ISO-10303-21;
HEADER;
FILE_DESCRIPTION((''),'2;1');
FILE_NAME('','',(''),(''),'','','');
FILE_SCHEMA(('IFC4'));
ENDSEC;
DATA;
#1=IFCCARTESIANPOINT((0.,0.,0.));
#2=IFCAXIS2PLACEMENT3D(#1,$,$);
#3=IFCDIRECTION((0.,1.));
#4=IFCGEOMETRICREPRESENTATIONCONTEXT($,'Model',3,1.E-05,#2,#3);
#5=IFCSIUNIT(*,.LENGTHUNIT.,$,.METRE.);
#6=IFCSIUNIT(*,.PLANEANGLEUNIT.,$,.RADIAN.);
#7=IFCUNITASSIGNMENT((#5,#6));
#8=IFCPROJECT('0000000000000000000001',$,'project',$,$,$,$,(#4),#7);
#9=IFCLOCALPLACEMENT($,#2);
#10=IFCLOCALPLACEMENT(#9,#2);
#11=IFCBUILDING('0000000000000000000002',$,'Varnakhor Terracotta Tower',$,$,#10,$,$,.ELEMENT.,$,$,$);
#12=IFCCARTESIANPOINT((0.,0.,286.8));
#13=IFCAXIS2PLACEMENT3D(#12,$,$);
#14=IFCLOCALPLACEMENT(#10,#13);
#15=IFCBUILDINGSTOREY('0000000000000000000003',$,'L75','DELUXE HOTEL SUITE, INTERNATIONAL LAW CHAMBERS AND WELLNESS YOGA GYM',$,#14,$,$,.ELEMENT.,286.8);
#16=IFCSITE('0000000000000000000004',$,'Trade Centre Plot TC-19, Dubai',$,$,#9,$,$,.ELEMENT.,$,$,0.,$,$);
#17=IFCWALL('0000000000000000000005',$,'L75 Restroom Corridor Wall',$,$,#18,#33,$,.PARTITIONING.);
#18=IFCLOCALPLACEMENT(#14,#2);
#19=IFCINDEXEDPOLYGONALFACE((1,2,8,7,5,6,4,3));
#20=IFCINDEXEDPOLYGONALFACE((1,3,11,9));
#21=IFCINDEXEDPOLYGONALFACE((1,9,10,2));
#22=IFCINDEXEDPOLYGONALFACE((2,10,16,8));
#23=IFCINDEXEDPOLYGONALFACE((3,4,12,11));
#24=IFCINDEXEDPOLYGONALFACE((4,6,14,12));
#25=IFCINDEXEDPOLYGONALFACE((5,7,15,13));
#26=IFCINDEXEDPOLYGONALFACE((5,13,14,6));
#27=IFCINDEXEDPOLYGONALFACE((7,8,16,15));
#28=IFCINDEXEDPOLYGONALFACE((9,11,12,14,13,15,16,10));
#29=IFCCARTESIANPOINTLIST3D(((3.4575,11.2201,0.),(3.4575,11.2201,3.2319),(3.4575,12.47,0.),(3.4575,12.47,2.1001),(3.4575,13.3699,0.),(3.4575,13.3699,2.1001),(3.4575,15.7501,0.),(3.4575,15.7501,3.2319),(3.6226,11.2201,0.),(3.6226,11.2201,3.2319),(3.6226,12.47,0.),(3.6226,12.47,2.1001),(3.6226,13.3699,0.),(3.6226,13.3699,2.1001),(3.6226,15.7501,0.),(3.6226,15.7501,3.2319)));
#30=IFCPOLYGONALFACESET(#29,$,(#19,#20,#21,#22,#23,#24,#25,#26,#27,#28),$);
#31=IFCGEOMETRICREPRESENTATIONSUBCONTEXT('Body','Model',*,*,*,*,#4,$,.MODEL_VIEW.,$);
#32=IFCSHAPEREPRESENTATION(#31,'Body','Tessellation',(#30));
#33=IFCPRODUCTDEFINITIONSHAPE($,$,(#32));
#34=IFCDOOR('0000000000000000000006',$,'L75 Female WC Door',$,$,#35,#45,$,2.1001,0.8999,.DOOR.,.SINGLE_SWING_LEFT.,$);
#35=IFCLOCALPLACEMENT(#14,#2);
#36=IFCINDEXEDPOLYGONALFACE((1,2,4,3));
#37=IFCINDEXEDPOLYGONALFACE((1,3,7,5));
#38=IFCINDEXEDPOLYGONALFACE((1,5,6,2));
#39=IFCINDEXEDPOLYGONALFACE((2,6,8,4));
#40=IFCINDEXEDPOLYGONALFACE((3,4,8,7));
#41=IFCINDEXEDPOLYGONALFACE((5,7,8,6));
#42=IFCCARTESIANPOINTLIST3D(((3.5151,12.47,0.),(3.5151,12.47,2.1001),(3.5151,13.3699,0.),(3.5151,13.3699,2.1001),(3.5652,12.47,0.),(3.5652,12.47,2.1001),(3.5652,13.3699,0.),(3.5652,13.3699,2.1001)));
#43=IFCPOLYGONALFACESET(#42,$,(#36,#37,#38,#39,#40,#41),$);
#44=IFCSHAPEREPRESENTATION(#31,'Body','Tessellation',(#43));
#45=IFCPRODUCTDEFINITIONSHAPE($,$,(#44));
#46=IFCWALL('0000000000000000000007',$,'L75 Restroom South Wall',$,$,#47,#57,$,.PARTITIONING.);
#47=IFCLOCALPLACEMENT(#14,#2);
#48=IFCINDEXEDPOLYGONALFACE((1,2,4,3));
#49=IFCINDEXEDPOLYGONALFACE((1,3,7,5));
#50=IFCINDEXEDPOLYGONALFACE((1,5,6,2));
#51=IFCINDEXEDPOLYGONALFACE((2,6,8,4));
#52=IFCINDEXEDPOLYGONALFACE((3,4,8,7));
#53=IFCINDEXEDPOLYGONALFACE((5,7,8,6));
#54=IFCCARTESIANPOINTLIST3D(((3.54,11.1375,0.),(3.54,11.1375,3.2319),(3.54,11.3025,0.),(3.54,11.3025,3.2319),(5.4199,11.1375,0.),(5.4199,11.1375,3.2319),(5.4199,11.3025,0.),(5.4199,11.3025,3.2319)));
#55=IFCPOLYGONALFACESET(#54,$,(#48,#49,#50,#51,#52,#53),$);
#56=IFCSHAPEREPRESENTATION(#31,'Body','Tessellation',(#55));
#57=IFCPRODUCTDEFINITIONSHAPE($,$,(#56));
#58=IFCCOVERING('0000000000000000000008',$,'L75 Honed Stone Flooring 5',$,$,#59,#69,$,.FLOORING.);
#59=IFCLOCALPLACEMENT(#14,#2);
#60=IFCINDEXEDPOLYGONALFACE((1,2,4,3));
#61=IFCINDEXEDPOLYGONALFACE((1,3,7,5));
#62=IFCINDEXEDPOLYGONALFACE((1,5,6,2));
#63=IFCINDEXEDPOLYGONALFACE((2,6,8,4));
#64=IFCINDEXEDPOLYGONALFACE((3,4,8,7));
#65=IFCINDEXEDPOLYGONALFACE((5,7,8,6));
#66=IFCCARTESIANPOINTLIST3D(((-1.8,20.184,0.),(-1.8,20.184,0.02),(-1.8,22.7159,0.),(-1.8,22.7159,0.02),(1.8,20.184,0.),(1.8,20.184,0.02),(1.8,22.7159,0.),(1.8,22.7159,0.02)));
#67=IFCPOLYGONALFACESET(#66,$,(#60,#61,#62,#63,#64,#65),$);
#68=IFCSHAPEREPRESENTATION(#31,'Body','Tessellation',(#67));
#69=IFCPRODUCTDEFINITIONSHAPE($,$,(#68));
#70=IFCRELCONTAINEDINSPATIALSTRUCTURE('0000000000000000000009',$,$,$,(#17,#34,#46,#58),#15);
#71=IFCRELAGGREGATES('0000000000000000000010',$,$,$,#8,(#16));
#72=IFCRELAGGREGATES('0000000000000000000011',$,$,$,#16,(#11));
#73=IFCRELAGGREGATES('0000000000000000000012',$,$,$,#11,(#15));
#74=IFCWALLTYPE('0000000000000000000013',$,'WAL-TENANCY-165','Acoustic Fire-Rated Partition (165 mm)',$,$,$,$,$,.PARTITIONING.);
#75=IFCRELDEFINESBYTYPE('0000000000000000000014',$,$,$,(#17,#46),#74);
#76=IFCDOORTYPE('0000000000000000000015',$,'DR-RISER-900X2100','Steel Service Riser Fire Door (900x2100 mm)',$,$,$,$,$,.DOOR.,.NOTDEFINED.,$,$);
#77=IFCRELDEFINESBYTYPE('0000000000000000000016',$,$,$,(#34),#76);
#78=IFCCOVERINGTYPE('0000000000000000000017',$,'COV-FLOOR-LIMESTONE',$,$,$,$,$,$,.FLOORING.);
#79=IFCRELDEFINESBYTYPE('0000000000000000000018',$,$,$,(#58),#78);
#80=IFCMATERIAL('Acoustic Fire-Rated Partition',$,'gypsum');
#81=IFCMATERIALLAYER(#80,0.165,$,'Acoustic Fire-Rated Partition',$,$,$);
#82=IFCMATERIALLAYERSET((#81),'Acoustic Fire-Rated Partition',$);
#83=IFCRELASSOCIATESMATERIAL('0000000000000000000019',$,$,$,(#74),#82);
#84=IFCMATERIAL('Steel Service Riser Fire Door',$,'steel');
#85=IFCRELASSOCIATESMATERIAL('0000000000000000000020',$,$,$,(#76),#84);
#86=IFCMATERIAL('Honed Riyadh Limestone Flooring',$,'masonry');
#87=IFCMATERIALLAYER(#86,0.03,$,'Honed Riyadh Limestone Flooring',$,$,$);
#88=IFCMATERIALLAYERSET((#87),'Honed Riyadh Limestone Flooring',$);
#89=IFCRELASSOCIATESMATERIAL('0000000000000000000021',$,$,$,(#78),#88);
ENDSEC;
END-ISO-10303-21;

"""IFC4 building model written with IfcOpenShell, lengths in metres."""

from ifc_helpers import new_model, si_unit, direction, frame, frame_2d, origin, origin_2d, place, context, subcontext, project, spatial, rectangle, extrude, source, transform, mapped, material, layer, layer_set, type_object, type_shapes, element, fill, save


model = new_model("IFC4")

# Units and contexts
model_context = context("Model", 3, precision=1e-05, world=origin(), true_north=direction((0.0, 1.0)))
body_context = subcontext(model_context, "Body", "Model", "MODEL_VIEW")
ifc_project = project(units=[si_unit("LENGTHUNIT", "METRE"), si_unit("PLANEANGLEUNIT", "RADIAN")], contexts=[model_context])

# Site, building, storey
site_placement = place(None, origin())
site = spatial("IfcSite", under=ifc_project, at=site_placement, Name="Trade Centre Plot TC-19, Dubai", CompositionType="ELEMENT", RefElevation=0.0)
building_placement = place(site_placement, origin())
building = spatial("IfcBuilding", under=site, at=building_placement, Name="Varnakhor Terracotta Tower", CompositionType="ELEMENT")
storey_placement = place(building_placement, frame((0.0, 0.0, 286.8)))
storey = spatial("IfcBuildingStorey", under=building, at=storey_placement, Name="L75", Description="DELUXE HOTEL SUITE, INTERNATIONAL LAW CHAMBERS AND WELLNESS YOGA GYM", CompositionType="ELEMENT", Elevation=286.8)

# Wall, opening, door
ifc_material_1 = material(Name="Acoustic Fire-Rated Partition", Category="gypsum")
ifc_layer_1 = layer(ifc_material_1, 0.165, Name="Acoustic Fire-Rated Partition")
ifc_layer_set_1 = layer_set([ifc_layer_1], Name="Acoustic Fire-Rated Partition")
wall_type_1 = type_object("IfcWallType", Name="WAL-TENANCY-165", Description="Acoustic Fire-Rated Partition (165 mm)", PredefinedType="PARTITIONING", material=ifc_layer_set_1)
wall_1_placement = place(storey_placement, frame((3.54, 11.22, 0.0), z_axis=(0.0, 0.0, 1.0), x_axis=(0.0, 1.0, 0.0)))
wall_1 = element("IfcWall", 1, at=wall_1_placement, inside=storey, type_object=wall_type_1, Name="L75 Restroom Corridor Wall", PredefinedType="PARTITIONING", context=body_context, shape_type="SweptSolid", body=[
    extrude(rectangle(XDim=4.53, YDim=0.165, at=frame_2d((2.2651, 0.0))), origin(), (0.0, 0.0, 1.0), 3.2319),
])
opening_1_placement = place(wall_1_placement, frame((1.25, 0.0, 0.0)))
opening_1 = element("IfcOpeningElement", 2, at=opening_1_placement, cuts=wall_1, PredefinedType="OPENING", context=body_context, shape_type="SweptSolid", body=[
    extrude(rectangle(XDim=0.8999, YDim=2.1001, at=frame_2d((0.45, 1.05))), frame((0.0, 0.0925, 0.0), z_axis=(0.0, -1.0, 0.0), x_axis=(1.0, 0.0, 0.0)), (0.0, 0.0, 1.0), 0.1851),
])
ifc_material_2 = material(Name="Steel Service Riser Fire Door", Category="steel")
door_type_1 = type_object("IfcDoorType", Name="DR-RISER-900X2100", Description="Steel Service Riser Fire Door (900x2100 mm)", OperationType="NOTDEFINED", PredefinedType="DOOR", material=ifc_material_2)
shared_shape_1 = source(origin(), body_context, "Body", "SweptSolid", [
    extrude(rectangle(XDim=0.8999, YDim=2.1001, at=frame_2d((0.45, 1.05))), frame((0.0, 0.0249, 0.0), z_axis=(0.0, -1.0, 0.0), x_axis=(1.0, 0.0, 0.0)), (0.0, 0.0, 1.0), 0.05),
])
type_shapes(door_type_1, [shared_shape_1])
door_1_placement = place(opening_1_placement, origin())
door_1 = element("IfcDoor", 3, at=door_1_placement, inside=storey, type_object=door_type_1, Name="L75 Female WC Door", OperationType="SINGLE_SWING_LEFT", OverallHeight=2.1001, OverallWidth=0.8999, PredefinedType="DOOR", context=body_context, shape_type="MappedRepresentation", body=[
    mapped(shared_shape_1, transform((0.0, 0.0, 0.0), scale=1.0)),
])
fill(opening_1, door_1)

# Wall
wall_2_placement = place(storey_placement, frame((3.54, 11.22, 0.0), z_axis=(0.0, 0.0, 1.0), x_axis=(1.0, 0.0, 0.0)))
element("IfcWall", 4, at=wall_2_placement, inside=storey, type_object=wall_type_1, Name="L75 Restroom South Wall", PredefinedType="PARTITIONING", context=body_context, shape_type="SweptSolid", body=[
    extrude(rectangle(XDim=1.8799, YDim=0.165, at=frame_2d((0.9399, 0.0))), origin(), (0.0, 0.0, 1.0), 3.2319),
])

# Covering
ifc_material_3 = material(Name="Honed Riyadh Limestone Flooring", Category="masonry")
ifc_layer_2 = layer(ifc_material_3, 0.03, Name="Honed Riyadh Limestone Flooring")
ifc_layer_set_2 = layer_set([ifc_layer_2], Name="Honed Riyadh Limestone Flooring")
covering_type = type_object("IfcCoveringType", Name="COV-FLOOR-LIMESTONE", PredefinedType="FLOORING", material=ifc_layer_set_2)
shared_shape_2 = source(origin(), body_context, "Body", "SweptSolid", [
    extrude(rectangle(XDim=3.6001, YDim=2.532, at=origin_2d()), origin(), (0.0, 0.0, 1.0), 0.02),
])
covering_placement = place(storey_placement, frame((0.0, 21.45, 0.0), z_axis=(0.0, 0.0, 1.0), x_axis=(1.0, 0.0, 0.0)))
element("IfcCovering", 5, at=covering_placement, inside=storey, type_object=covering_type, Name="L75 Honed Stone Flooring 5", PredefinedType="FLOORING", context=body_context, shape_type="MappedRepresentation", body=[
    mapped(shared_shape_2, transform((0.0, 0.0, 0.0), scale=1.0)),
])

save(model, "model.ifc")
